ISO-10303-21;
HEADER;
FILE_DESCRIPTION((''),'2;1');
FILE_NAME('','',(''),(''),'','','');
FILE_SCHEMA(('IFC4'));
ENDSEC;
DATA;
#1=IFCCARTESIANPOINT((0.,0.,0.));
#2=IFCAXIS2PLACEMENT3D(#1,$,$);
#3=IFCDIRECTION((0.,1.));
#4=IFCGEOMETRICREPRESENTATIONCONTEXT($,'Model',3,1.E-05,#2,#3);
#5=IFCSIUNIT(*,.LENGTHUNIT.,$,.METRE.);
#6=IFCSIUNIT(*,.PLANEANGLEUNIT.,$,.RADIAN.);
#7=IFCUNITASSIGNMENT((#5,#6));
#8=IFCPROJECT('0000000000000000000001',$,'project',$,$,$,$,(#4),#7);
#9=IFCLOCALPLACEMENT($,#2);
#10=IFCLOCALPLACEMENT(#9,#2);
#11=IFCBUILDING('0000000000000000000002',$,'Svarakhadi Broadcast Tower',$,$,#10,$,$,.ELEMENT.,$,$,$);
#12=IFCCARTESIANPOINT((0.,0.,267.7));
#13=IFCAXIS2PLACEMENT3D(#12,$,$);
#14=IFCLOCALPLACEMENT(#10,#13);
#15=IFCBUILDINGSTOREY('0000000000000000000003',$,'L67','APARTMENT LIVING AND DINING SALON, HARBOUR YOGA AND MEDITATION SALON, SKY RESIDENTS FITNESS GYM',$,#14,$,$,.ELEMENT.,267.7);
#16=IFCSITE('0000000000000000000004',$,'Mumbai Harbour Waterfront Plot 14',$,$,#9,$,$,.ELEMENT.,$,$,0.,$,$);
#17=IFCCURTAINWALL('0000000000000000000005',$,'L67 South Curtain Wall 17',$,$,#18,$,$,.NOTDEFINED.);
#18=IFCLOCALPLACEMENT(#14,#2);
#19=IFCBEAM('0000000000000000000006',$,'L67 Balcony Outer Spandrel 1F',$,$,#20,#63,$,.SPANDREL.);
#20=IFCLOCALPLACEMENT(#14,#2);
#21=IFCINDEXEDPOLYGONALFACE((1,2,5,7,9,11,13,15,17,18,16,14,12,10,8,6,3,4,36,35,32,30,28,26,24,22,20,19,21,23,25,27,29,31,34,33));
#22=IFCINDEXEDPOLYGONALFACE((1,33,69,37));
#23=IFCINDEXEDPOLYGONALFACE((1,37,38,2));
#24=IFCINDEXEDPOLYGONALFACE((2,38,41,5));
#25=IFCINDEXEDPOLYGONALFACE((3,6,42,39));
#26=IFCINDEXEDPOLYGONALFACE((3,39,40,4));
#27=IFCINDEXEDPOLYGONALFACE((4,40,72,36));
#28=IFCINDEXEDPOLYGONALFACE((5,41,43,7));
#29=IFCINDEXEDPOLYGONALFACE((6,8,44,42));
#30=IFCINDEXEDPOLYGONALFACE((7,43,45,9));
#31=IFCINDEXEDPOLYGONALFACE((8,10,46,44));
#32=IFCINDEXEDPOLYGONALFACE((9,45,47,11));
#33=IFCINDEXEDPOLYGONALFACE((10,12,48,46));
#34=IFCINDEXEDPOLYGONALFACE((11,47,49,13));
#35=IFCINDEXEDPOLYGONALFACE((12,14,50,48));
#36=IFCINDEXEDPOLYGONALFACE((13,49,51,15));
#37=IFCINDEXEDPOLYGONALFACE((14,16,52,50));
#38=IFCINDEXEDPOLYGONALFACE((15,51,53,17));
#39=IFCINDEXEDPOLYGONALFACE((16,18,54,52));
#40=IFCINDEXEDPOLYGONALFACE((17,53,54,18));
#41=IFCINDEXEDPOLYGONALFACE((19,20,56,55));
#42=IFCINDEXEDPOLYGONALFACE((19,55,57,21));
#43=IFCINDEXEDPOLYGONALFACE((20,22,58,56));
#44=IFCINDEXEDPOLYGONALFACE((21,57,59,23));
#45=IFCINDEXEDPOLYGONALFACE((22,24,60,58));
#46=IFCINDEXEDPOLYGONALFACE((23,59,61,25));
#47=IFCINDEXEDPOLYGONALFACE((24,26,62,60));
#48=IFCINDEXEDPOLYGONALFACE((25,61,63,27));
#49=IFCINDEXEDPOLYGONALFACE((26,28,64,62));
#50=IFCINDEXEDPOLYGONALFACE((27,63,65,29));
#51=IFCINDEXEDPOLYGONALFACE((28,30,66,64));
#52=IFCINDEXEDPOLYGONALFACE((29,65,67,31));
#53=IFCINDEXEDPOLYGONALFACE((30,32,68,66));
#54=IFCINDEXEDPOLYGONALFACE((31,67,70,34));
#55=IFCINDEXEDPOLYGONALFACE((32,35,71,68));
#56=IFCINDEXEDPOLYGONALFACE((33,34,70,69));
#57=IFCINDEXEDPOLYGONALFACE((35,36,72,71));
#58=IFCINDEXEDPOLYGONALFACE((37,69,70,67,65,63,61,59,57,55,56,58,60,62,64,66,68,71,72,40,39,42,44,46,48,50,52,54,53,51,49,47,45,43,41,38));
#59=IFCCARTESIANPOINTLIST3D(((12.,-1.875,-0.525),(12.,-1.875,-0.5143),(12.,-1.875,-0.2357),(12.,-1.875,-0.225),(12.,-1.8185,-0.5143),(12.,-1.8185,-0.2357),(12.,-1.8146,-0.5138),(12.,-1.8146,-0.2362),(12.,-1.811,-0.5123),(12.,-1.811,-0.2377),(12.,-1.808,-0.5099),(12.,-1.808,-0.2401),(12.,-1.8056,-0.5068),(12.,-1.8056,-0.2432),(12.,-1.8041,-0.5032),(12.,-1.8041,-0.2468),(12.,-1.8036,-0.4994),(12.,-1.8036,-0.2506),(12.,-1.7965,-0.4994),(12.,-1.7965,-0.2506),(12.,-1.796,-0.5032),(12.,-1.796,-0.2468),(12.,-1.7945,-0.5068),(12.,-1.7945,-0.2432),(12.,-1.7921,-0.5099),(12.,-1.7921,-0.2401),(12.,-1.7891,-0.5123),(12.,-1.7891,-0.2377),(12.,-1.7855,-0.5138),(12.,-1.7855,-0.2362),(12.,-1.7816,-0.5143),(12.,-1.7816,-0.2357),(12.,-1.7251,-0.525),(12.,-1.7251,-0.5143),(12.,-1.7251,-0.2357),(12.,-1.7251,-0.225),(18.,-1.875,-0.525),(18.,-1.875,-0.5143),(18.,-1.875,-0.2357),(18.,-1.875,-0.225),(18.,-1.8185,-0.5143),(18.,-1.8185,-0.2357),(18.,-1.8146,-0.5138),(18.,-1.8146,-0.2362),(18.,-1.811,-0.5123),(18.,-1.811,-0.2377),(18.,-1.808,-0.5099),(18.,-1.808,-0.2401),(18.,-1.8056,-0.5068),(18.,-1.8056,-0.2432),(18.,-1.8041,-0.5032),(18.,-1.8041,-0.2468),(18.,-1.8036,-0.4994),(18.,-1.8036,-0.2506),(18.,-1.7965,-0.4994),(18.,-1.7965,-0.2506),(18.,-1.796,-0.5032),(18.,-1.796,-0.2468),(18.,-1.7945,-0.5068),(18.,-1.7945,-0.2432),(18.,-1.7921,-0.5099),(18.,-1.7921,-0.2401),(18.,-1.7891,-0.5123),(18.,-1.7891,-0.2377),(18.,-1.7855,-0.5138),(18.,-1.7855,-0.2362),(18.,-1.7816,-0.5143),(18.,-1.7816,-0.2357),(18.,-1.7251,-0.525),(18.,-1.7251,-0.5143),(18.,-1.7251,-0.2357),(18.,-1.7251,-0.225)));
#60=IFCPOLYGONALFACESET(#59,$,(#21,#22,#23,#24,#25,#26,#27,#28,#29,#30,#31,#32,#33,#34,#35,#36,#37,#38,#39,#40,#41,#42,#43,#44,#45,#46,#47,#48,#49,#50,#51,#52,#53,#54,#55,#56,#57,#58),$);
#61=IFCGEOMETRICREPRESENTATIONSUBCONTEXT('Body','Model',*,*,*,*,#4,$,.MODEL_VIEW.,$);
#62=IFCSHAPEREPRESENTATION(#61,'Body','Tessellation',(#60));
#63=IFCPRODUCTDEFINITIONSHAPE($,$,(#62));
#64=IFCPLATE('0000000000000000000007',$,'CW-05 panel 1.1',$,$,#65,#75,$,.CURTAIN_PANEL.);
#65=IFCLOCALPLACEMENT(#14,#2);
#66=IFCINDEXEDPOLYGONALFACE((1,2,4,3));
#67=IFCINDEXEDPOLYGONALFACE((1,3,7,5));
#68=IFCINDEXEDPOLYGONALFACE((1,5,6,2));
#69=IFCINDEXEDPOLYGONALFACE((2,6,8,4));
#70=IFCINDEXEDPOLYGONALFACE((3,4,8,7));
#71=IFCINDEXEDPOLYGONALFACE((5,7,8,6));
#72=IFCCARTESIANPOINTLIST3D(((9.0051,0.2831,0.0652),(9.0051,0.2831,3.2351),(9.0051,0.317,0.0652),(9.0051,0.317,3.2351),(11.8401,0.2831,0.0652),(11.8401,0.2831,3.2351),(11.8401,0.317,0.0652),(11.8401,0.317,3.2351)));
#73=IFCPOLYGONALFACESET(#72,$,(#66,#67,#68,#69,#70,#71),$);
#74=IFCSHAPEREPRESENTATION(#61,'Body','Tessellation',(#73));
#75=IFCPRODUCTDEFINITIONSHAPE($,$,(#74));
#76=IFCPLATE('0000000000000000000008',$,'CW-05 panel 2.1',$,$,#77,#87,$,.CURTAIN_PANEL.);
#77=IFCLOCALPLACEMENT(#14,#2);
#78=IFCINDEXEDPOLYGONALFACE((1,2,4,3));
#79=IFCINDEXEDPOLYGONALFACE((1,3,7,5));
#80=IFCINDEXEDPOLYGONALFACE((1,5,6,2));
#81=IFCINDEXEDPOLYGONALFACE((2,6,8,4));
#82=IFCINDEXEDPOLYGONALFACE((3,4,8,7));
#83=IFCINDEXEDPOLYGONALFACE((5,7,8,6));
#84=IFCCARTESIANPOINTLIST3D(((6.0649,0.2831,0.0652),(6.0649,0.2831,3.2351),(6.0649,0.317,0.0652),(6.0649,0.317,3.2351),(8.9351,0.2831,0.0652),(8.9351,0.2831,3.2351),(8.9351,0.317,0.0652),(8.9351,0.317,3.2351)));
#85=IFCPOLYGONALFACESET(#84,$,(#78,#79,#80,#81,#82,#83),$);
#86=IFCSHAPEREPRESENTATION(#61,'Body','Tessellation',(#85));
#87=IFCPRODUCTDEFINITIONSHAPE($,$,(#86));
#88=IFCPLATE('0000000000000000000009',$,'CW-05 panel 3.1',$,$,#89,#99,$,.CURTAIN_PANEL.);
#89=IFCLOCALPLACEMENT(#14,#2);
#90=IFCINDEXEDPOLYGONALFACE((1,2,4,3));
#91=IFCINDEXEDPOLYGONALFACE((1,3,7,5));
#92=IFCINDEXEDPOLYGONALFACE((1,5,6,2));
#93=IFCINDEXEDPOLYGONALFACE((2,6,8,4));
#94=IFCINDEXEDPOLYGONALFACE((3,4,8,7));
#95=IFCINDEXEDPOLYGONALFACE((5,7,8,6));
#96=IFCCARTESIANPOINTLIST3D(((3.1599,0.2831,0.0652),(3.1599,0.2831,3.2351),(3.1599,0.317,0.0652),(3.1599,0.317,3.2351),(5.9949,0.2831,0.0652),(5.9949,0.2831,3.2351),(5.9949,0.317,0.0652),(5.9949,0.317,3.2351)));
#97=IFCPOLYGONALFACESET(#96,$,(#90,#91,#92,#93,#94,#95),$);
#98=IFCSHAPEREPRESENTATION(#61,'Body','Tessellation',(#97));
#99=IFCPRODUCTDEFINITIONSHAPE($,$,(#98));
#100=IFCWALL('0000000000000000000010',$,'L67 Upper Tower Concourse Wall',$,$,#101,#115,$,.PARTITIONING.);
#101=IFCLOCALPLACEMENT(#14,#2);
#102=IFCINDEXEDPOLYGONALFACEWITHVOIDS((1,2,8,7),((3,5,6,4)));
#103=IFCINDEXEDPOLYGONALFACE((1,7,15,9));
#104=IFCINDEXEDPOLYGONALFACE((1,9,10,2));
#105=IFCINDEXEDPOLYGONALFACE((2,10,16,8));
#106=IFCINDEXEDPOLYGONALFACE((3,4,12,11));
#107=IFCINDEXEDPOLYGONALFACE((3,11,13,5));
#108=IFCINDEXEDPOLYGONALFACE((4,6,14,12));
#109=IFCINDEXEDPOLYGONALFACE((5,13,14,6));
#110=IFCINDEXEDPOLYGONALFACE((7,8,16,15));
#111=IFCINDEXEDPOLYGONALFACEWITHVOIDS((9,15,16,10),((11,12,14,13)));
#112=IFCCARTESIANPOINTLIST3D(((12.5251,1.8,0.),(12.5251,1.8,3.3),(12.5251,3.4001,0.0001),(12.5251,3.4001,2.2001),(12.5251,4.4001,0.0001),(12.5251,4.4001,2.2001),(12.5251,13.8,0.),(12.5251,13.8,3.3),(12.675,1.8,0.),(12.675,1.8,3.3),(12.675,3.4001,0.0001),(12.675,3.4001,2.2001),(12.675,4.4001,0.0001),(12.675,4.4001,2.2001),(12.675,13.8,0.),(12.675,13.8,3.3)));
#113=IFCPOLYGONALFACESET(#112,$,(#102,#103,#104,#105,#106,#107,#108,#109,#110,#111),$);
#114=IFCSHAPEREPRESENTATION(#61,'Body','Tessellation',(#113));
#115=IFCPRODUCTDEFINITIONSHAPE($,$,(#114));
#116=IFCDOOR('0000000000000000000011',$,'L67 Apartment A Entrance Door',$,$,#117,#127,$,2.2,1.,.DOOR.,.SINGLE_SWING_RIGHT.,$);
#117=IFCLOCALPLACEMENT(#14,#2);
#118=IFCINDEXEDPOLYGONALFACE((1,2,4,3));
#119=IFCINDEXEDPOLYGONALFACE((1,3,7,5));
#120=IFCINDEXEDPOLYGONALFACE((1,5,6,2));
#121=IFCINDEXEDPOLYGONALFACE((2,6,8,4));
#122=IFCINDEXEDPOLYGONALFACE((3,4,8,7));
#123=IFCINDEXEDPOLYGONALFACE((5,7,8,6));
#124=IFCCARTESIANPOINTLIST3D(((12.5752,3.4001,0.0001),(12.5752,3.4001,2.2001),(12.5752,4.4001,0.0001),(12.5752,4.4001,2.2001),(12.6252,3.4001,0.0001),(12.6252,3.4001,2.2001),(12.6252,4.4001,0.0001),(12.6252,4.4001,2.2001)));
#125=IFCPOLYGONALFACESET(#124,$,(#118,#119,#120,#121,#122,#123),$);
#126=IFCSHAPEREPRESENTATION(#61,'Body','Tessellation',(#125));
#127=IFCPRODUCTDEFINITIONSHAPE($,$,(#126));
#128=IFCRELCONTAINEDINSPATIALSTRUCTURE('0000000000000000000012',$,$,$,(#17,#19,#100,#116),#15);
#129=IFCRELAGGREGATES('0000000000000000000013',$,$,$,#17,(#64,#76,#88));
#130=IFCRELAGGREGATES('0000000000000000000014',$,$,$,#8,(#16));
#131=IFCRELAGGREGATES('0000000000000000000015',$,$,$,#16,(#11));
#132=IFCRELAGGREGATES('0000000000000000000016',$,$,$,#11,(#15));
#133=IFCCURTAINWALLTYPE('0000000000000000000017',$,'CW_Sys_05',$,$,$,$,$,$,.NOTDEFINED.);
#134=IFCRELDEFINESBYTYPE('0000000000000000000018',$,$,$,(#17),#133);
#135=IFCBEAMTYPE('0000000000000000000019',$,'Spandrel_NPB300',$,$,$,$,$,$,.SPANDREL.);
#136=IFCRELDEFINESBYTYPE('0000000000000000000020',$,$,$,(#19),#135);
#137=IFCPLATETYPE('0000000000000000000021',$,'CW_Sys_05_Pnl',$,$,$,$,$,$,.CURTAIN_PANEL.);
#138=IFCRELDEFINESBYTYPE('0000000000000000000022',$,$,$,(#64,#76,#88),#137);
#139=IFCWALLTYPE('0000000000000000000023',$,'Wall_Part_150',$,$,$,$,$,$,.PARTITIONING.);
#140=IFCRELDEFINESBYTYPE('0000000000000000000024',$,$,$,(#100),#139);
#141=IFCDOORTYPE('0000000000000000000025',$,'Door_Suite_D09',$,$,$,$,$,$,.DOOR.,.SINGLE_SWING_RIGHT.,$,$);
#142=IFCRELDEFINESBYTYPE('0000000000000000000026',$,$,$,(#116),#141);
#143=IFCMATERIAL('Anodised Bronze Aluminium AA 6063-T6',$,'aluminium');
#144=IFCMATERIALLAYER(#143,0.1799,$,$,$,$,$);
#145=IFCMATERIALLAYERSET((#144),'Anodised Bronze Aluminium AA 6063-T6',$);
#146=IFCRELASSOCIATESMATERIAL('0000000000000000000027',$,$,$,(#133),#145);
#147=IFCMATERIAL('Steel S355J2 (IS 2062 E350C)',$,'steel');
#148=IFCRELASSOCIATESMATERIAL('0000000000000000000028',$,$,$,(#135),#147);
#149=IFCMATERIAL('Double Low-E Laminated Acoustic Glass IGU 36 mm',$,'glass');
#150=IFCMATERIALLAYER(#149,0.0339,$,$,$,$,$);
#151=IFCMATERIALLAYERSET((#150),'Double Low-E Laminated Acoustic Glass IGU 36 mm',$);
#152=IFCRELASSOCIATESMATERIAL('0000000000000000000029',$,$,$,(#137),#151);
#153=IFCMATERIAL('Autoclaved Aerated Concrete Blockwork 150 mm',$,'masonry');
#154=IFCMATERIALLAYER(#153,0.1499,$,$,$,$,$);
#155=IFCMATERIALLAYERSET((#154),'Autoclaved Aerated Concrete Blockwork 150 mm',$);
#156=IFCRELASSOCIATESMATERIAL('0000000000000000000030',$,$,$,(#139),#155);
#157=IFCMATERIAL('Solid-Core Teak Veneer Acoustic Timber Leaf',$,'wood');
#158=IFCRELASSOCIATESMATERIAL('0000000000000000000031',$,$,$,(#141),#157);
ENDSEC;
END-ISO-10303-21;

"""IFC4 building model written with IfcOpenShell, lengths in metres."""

from ifc_helpers import new_model, si_unit, direction, frame, frame_2d, origin, origin_2d, place, context, subcontext, project, spatial, rectangle, i_section, extrude, material, layer, layer_set, material_profile, profile_set, type_object, element, fill, aggregate, save


model = new_model("IFC4")

# Units and contexts
model_context = context("Model", 3, precision=1e-05, world=origin(), true_north=direction((0.0, 1.0)))
body_context = subcontext(model_context, "Body", "Model", "MODEL_VIEW")
ifc_project = project(units=[si_unit("LENGTHUNIT", "METRE"), si_unit("PLANEANGLEUNIT", "RADIAN")], contexts=[model_context])

# Site, building, storey
site_placement = place(None, origin())
site = spatial("IfcSite", under=ifc_project, at=site_placement, Name="Mumbai Harbour Waterfront Plot 14", CompositionType="ELEMENT", RefElevation=0.0)
building_placement = place(site_placement, origin())
building = spatial("IfcBuilding", under=site, at=building_placement, Name="Svarakhadi Broadcast Tower", CompositionType="ELEMENT")
storey_placement = place(building_placement, frame((0.0, 0.0, 267.7)))
storey = spatial("IfcBuildingStorey", under=building, at=storey_placement, Name="L67", Description="APARTMENT LIVING AND DINING SALON, HARBOUR YOGA AND MEDITATION SALON, SKY RESIDENTS FITNESS GYM", CompositionType="ELEMENT", Elevation=267.7)

# Curtain wall
ifc_material_1 = material(Name="Anodised Bronze Aluminium AA 6063-T6", Category="aluminium")
ifc_layer_1 = layer(ifc_material_1, 0.1799)
ifc_layer_set_1 = layer_set([ifc_layer_1], Name="Anodised Bronze Aluminium AA 6063-T6")
curtain_wall_type = type_object("IfcCurtainWallType", Name="CW_Sys_05", PredefinedType="NOTDEFINED", material=ifc_layer_set_1)
curtain_wall_placement = place(storey_placement, origin())
curtain_wall = element("IfcCurtainWall", 1, at=curtain_wall_placement, inside=storey, type_object=curtain_wall_type, Name="L67 South Curtain Wall 17", PredefinedType="NOTDEFINED")

# Beam
ifc_material_2 = material(Name="Steel S355J2 (IS 2062 E350C)", Category="steel")
ifc_material_profile_1 = material_profile(ifc_material_2, i_section(OverallWidth=0.1499, OverallDepth=0.3, WebThickness=0.0071, FlangeThickness=0.0107, FilletRadius=0.0149, at=origin_2d()), Name="NPB 300x150x37")
ifc_profile_set_1 = profile_set([ifc_material_profile_1], Name="Steel S355J2 (IS 2062 E350C)")
beam_type_1 = type_object("IfcBeamType", Name="Spandrel_NPB300", PredefinedType="SPANDREL", material=ifc_profile_set_1)
beam_1_placement = place(storey_placement, frame((12.0, -1.8, -0.375), z_axis=(1.0, 0.0, 0.0), x_axis=(0.0, 1.0, 0.0)))
element("IfcBeam", 2, at=beam_1_placement, inside=storey, type_object=beam_type_1, Name="L67 Balcony Outer Spandrel 1F", PredefinedType="SPANDREL", context=body_context, shape_type="SweptSolid", body=[
    extrude(i_section(OverallWidth=0.1499, OverallDepth=0.3, WebThickness=0.0071, FlangeThickness=0.0107, FilletRadius=0.0149, at=origin_2d()), origin(), (0.0, 0.0, 1.0), 6.0),
])

# Plates
ifc_material_3 = material(Name="Double Low-E Laminated Acoustic Glass IGU 36 mm", Category="glass")
ifc_layer_2 = layer(ifc_material_3, 0.0339)
ifc_layer_set_2 = layer_set([ifc_layer_2], Name="Double Low-E Laminated Acoustic Glass IGU 36 mm")
plate_type = type_object("IfcPlateType", Name="CW_Sys_05_Pnl", PredefinedType="CURTAIN_PANEL", material=ifc_layer_set_2)
plate_1_placement = place(storey_placement, frame((10.4226, 0.3, 0.0652), z_axis=(0.0, 0.0, 1.0), x_axis=(-1.0, 0.0, 0.0)))
plate_1 = element("IfcPlate", 3, at=plate_1_placement, type_object=plate_type, Name="CW-05 panel 1.1", PredefinedType="CURTAIN_PANEL", context=body_context, shape_type="SweptSolid", body=[
    extrude(rectangle(XDim=2.835, YDim=0.0339, at=origin_2d()), origin(), (0.0, 0.0, 1.0), 3.1699),
])
plate_2_placement = place(storey_placement, frame((7.5, 0.3, 0.0652), z_axis=(0.0, 0.0, 1.0), x_axis=(-1.0, 0.0, 0.0)))
plate_2 = element("IfcPlate", 4, at=plate_2_placement, type_object=plate_type, Name="CW-05 panel 2.1", PredefinedType="CURTAIN_PANEL", context=body_context, shape_type="SweptSolid", body=[
    extrude(rectangle(XDim=2.8701, YDim=0.0339, at=origin_2d()), origin(), (0.0, 0.0, 1.0), 3.1699),
])
plate_3_placement = place(storey_placement, frame((4.5774, 0.3, 0.0652), z_axis=(0.0, 0.0, 1.0), x_axis=(-1.0, 0.0, 0.0)))
plate_3 = element("IfcPlate", 5, at=plate_3_placement, type_object=plate_type, Name="CW-05 panel 3.1", PredefinedType="CURTAIN_PANEL", context=body_context, shape_type="SweptSolid", body=[
    extrude(rectangle(XDim=2.835, YDim=0.0339, at=origin_2d()), origin(), (0.0, 0.0, 1.0), 3.1699),
])
aggregate(curtain_wall, [plate_1, plate_2, plate_3])

# Wall, opening, door
ifc_material_4 = material(Name="Autoclaved Aerated Concrete Blockwork 150 mm", Category="masonry")
ifc_layer_3 = layer(ifc_material_4, 0.1499)
ifc_layer_set_3 = layer_set([ifc_layer_3], Name="Autoclaved Aerated Concrete Blockwork 150 mm")
wall_type = type_object("IfcWallType", Name="Wall_Part_150", PredefinedType="PARTITIONING", material=ifc_layer_set_3)
wall_placement = place(storey_placement, frame((12.6001, 1.8, 0.0), z_axis=(0.0, 0.0, 1.0), x_axis=(0.0, 1.0, 0.0)))
wall = element("IfcWall", 6, at=wall_placement, inside=storey, type_object=wall_type, Name="L67 Upper Tower Concourse Wall", PredefinedType="PARTITIONING", context=body_context, shape_type="SweptSolid", body=[
    extrude(rectangle(XDim=12.0, YDim=0.1499, at=frame_2d((6.0, 0.0))), origin(), (0.0, 0.0, 1.0), 3.3),
])
opening_placement = place(wall_placement, frame((1.6001, 0.0, 0.0)))
opening = element("IfcOpeningElement", 7, at=opening_placement, cuts=wall, PredefinedType="OPENING", context=body_context, shape_type="SweptSolid", body=[
    extrude(rectangle(XDim=1.0, YDim=2.2, at=frame_2d((0.5, 1.1001))), frame((0.0, 0.085, 0.0), z_axis=(0.0, -1.0, 0.0), x_axis=(1.0, 0.0, 0.0)), (0.0, 0.0, 1.0), 0.1699),
])
ifc_material_5 = material(Name="Solid-Core Teak Veneer Acoustic Timber Leaf", Category="wood")
door_type = type_object("IfcDoorType", Name="Door_Suite_D09", OperationType="SINGLE_SWING_RIGHT", PredefinedType="DOOR", material=ifc_material_5)
door_placement = place(opening_placement, origin())
door = element("IfcDoor", 8, at=door_placement, inside=storey, type_object=door_type, Name="L67 Apartment A Entrance Door", OperationType="SINGLE_SWING_RIGHT", OverallHeight=2.2, OverallWidth=1.0, PredefinedType="DOOR", context=body_context, shape_type="SweptSolid", body=[
    extrude(rectangle(XDim=1.0, YDim=2.2, at=frame_2d((0.5, 1.1001))), frame((0.0, 0.0249, 0.0), z_axis=(0.0, -1.0, 0.0), x_axis=(1.0, 0.0, 0.0)), (0.0, 0.0, 1.0), 0.05),
])
fill(opening, door)

save(model, "model.ifc")
